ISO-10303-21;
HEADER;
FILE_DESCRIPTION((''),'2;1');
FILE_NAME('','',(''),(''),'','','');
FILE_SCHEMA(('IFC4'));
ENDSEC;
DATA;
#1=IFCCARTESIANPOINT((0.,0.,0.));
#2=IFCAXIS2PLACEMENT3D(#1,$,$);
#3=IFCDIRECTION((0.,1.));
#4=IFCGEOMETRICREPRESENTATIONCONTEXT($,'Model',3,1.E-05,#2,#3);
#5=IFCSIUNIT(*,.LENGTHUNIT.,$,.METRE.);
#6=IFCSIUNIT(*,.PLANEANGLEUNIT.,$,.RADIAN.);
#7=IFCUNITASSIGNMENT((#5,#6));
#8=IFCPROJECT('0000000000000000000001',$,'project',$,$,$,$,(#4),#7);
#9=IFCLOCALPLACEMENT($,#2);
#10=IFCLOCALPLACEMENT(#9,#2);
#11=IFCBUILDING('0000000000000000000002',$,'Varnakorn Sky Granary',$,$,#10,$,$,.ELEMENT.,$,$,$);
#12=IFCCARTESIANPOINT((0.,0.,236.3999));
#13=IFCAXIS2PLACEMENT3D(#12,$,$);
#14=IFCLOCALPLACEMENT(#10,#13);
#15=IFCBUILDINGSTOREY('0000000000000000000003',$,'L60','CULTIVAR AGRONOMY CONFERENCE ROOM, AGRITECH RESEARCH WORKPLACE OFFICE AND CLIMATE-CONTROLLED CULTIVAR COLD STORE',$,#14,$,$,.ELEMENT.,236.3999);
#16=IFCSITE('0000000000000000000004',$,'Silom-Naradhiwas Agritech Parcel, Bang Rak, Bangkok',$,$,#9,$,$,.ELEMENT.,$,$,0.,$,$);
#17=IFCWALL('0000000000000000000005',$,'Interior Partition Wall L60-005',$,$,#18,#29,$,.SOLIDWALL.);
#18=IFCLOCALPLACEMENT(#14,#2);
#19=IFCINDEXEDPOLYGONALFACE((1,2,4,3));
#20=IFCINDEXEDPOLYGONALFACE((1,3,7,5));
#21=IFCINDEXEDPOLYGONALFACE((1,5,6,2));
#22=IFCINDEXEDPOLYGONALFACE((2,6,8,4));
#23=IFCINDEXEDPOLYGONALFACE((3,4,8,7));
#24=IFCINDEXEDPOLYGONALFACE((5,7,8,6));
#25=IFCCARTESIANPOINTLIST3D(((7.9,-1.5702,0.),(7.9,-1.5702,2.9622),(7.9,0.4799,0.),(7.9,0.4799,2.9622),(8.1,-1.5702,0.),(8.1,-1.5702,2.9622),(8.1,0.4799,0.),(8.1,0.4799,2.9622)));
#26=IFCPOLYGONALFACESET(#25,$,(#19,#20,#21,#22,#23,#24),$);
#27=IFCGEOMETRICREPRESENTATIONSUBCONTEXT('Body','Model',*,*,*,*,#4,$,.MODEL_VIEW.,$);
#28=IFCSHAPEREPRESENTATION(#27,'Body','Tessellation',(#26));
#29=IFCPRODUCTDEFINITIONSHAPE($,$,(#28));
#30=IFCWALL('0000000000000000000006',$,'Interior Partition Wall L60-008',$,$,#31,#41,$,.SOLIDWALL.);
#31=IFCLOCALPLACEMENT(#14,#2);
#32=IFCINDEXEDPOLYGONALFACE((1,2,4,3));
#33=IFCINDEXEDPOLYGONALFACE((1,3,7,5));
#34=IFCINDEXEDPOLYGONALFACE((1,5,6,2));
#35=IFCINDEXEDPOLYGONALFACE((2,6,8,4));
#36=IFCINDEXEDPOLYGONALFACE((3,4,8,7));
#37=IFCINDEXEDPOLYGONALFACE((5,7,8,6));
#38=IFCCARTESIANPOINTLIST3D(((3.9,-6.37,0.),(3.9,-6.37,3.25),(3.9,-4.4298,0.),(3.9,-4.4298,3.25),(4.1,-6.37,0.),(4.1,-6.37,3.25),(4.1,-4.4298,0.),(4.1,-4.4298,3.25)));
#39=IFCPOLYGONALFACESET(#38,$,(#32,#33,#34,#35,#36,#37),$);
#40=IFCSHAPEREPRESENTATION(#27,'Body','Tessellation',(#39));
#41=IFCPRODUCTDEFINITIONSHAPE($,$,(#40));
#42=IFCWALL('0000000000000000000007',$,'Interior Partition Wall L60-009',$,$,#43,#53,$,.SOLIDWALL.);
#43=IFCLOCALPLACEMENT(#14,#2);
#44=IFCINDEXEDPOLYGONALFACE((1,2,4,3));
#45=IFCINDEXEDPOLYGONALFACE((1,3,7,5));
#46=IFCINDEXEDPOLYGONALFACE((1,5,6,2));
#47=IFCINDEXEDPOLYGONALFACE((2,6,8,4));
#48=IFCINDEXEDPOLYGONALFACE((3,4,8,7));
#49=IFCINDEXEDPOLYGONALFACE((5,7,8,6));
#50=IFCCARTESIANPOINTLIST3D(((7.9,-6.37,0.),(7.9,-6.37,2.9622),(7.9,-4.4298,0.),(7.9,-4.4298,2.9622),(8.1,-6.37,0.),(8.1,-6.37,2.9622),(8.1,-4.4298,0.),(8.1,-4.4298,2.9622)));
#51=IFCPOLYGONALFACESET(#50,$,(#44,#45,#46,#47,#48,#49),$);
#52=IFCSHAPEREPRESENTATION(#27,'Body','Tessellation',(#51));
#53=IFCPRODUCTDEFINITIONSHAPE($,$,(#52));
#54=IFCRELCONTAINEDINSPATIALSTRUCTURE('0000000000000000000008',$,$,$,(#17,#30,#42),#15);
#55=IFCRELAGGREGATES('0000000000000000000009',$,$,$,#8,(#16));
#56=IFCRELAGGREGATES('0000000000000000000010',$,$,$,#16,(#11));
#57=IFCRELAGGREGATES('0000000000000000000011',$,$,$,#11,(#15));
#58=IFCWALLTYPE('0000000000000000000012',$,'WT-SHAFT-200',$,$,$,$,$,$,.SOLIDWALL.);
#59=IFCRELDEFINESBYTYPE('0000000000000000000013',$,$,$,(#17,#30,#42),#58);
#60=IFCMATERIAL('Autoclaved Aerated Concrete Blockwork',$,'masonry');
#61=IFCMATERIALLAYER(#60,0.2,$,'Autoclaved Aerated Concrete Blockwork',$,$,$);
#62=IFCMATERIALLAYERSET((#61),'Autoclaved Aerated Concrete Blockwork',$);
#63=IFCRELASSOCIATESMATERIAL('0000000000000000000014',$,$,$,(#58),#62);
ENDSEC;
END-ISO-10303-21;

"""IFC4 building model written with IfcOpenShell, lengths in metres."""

from ifc_helpers import new_model, si_unit, direction, frame, frame_2d, origin, place, context, subcontext, project, spatial, rectangle, extrude, material, layer, layer_set, type_object, element, save


model = new_model("IFC4")

# Units and contexts
model_context = context("Model", 3, precision=1e-05, world=origin(), true_north=direction((0.0, 1.0)))
body_context = subcontext(model_context, "Body", "Model", "MODEL_VIEW")
ifc_project = project(units=[si_unit("LENGTHUNIT", "METRE"), si_unit("PLANEANGLEUNIT", "RADIAN")], contexts=[model_context])

# Site, building, storey
site_placement = place(None, origin())
site = spatial("IfcSite", under=ifc_project, at=site_placement, Name="Silom-Naradhiwas Agritech Parcel, Bang Rak, Bangkok", CompositionType="ELEMENT", RefElevation=0.0)
building_placement = place(site_placement, origin())
building = spatial("IfcBuilding", under=site, at=building_placement, Name="Varnakorn Sky Granary", CompositionType="ELEMENT")
storey_placement = place(building_placement, frame((0.0, 0.0, 236.3999)))
storey = spatial("IfcBuildingStorey", under=building, at=storey_placement, Name="L60", Description="CULTIVAR AGRONOMY CONFERENCE ROOM, AGRITECH RESEARCH WORKPLACE OFFICE AND CLIMATE-CONTROLLED CULTIVAR COLD STORE", CompositionType="ELEMENT", Elevation=236.3999)

# Shared definitions
ifc_material_1 = material(Name="Autoclaved Aerated Concrete Blockwork", Category="masonry")

# Walls
ifc_layer_1 = layer(ifc_material_1, 0.2, Name="Autoclaved Aerated Concrete Blockwork")
ifc_layer_set_1 = layer_set([ifc_layer_1], Name="Autoclaved Aerated Concrete Blockwork")
wall_type_1 = type_object("IfcWallType", Name="WT-SHAFT-200", PredefinedType="SOLIDWALL", material=ifc_layer_set_1)
wall_1_placement = place(storey_placement, frame((8.0, -1.5701, 0.0), z_axis=(0.0, 0.0, 1.0), x_axis=(0.0, 1.0, 0.0)))
element("IfcWall", 1, at=wall_1_placement, inside=storey, type_object=wall_type_1, Name="Interior Partition Wall L60-005", PredefinedType="SOLIDWALL", context=body_context, shape_type="SweptSolid", body=[
    extrude(rectangle(XDim=2.05, YDim=0.2, at=frame_2d((1.0249, 0.0))), origin(), (0.0, 0.0, 1.0), 2.9622),
])
wall_2_placement = place(storey_placement, frame((4.0, -6.3701, 0.0), z_axis=(0.0, 0.0, 1.0), x_axis=(0.0, 1.0, 0.0)))
element("IfcWall", 2, at=wall_2_placement, inside=storey, type_object=wall_type_1, Name="Interior Partition Wall L60-008", PredefinedType="SOLIDWALL", context=body_context, shape_type="SweptSolid", body=[
    extrude(rectangle(XDim=1.9402, YDim=0.2, at=frame_2d((0.9702, 0.0))), origin(), (0.0, 0.0, 1.0), 3.25),
])
wall_3_placement = place(storey_placement, frame((8.0, -6.3701, 0.0), z_axis=(0.0, 0.0, 1.0), x_axis=(0.0, 1.0, 0.0)))
element("IfcWall", 3, at=wall_3_placement, inside=storey, type_object=wall_type_1, Name="Interior Partition Wall L60-009", PredefinedType="SOLIDWALL", context=body_context, shape_type="SweptSolid", body=[
    extrude(rectangle(XDim=1.9402, YDim=0.2, at=frame_2d((0.9702, 0.0))), origin(), (0.0, 0.0, 1.0), 2.9622),
])

save(model, "model.ifc")
